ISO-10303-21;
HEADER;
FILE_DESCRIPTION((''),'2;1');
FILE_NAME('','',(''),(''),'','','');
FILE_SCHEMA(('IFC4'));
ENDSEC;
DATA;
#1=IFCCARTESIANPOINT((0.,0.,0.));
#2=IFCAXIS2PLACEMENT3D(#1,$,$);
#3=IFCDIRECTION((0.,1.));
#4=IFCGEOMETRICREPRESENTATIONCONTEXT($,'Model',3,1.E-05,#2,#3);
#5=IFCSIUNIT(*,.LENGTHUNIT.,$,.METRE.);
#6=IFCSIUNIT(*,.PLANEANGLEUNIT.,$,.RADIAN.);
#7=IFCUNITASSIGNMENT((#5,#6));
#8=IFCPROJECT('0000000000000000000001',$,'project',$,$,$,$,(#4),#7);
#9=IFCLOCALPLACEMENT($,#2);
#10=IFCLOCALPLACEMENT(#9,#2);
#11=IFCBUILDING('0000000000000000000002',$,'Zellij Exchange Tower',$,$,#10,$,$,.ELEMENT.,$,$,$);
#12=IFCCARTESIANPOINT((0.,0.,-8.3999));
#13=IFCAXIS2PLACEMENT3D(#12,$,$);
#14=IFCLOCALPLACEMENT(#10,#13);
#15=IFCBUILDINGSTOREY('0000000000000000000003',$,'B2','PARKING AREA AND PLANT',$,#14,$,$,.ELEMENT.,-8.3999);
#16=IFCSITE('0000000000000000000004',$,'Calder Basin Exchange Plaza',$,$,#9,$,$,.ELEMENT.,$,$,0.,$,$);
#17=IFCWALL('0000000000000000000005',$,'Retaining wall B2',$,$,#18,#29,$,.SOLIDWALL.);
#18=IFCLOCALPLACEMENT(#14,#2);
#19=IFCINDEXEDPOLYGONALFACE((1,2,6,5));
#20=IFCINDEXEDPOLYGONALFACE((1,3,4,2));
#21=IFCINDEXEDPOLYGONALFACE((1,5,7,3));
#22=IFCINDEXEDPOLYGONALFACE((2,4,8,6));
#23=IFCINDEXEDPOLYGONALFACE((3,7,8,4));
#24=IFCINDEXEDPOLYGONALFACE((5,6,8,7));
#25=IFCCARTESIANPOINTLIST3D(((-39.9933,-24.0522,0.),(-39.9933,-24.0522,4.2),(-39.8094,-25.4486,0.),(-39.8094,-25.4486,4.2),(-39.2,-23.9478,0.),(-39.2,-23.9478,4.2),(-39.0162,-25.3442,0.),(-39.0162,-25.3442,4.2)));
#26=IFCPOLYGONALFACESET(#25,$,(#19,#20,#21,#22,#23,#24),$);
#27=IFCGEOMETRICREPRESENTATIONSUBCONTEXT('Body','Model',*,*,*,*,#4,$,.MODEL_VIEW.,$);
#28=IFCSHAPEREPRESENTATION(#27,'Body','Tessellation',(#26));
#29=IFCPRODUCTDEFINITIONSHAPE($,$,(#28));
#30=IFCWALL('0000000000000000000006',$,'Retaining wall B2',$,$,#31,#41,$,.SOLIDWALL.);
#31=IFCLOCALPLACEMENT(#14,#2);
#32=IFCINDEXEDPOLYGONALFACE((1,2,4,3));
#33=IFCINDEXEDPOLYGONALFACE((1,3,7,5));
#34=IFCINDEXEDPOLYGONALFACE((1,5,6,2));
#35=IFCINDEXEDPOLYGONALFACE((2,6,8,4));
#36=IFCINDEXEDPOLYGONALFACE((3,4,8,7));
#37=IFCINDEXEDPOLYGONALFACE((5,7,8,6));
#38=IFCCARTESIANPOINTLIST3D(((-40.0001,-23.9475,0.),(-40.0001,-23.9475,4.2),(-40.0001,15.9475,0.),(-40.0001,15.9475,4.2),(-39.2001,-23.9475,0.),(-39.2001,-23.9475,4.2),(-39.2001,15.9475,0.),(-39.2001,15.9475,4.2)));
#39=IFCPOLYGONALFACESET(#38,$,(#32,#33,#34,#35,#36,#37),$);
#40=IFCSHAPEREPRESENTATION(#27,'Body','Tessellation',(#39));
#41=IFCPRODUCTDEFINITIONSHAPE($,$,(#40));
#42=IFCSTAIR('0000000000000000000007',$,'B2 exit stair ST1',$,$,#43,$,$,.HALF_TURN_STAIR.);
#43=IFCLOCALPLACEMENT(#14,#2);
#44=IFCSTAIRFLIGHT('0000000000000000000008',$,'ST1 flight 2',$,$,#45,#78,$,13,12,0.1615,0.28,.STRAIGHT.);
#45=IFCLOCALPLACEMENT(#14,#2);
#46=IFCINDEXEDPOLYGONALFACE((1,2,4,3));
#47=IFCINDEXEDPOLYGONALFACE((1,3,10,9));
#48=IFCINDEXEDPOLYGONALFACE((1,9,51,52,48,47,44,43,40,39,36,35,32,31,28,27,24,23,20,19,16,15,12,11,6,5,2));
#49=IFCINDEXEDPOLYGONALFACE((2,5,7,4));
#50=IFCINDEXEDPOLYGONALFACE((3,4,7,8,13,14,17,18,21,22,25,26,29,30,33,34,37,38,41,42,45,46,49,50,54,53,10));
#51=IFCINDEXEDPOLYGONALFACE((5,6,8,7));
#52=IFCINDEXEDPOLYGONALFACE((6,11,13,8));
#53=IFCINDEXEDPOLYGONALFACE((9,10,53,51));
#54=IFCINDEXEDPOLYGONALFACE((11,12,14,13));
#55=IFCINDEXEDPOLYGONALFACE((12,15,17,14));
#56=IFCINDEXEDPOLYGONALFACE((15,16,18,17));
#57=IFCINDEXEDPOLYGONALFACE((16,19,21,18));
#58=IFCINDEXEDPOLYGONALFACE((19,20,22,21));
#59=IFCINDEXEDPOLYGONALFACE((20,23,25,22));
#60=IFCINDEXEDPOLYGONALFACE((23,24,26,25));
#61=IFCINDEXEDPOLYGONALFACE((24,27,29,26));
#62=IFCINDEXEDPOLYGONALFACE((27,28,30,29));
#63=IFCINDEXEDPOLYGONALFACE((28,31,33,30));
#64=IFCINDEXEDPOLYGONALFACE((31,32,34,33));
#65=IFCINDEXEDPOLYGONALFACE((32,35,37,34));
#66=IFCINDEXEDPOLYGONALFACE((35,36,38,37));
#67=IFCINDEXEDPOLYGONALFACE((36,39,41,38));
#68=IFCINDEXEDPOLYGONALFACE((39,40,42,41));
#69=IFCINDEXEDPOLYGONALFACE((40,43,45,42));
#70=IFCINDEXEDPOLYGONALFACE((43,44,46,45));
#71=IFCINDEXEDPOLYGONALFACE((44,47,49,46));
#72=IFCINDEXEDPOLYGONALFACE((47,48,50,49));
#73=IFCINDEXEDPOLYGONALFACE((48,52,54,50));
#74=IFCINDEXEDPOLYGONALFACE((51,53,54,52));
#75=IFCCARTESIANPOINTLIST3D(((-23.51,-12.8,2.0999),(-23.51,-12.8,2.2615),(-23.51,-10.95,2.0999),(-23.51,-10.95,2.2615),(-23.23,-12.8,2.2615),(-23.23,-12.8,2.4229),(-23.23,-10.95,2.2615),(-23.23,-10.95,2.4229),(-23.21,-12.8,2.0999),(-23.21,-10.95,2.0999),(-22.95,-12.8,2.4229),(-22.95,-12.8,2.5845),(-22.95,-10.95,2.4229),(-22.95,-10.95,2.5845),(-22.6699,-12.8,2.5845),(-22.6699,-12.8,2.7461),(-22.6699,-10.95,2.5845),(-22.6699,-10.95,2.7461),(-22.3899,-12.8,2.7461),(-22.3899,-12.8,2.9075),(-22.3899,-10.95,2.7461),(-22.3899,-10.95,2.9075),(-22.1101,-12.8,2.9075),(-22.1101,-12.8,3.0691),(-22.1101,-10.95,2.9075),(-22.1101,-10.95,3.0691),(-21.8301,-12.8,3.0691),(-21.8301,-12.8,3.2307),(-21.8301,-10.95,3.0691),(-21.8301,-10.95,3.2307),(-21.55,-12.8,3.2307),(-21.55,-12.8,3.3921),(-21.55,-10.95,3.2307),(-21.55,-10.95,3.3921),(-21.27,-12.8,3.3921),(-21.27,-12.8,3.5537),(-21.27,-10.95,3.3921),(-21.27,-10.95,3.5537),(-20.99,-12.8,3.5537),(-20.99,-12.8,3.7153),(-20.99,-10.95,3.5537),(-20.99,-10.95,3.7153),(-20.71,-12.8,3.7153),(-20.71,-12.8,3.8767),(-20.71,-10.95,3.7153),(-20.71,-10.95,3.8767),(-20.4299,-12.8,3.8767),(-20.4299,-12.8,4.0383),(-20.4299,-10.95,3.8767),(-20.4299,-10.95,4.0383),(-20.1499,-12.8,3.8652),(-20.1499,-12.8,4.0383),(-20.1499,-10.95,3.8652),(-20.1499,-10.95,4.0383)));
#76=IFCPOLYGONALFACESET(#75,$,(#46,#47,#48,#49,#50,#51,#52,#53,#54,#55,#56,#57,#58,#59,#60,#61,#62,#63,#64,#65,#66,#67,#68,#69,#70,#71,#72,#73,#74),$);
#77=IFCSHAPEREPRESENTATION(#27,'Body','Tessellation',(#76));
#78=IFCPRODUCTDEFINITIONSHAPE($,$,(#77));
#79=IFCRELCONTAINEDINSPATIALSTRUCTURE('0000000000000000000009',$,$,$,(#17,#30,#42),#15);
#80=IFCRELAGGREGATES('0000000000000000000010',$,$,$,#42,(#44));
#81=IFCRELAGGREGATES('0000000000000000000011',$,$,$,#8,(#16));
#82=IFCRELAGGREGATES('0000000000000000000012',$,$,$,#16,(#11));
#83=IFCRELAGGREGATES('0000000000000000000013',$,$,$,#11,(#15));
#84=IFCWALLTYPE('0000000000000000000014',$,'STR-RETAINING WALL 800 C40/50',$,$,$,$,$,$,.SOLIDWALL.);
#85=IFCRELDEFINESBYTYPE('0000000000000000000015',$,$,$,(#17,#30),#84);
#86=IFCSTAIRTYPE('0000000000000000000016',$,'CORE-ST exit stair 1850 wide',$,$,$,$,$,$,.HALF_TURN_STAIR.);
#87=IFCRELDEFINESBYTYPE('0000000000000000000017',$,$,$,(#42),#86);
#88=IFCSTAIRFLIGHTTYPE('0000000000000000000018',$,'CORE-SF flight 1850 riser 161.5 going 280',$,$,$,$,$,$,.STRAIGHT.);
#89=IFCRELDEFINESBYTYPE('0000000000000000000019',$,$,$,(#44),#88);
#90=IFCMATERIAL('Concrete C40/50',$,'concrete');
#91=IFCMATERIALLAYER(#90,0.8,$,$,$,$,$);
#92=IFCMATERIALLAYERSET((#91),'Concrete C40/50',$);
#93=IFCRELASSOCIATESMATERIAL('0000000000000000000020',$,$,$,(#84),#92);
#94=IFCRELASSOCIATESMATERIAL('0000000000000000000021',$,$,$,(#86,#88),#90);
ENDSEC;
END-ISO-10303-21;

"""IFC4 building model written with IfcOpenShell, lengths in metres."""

from ifc_helpers import new_model, si_unit, direction, frame, frame_2d, origin, place, context, subcontext, project, spatial, polyline, rectangle, outline, extrude, material, layer, layer_set, type_object, element, aggregate, save


model = new_model("IFC4")

# Units and contexts
model_context = context("Model", 3, precision=1e-05, world=origin(), true_north=direction((0.0, 1.0)))
body_context = subcontext(model_context, "Body", "Model", "MODEL_VIEW")
ifc_project = project(units=[si_unit("LENGTHUNIT", "METRE"), si_unit("PLANEANGLEUNIT", "RADIAN")], contexts=[model_context])

# Site, building, storey
site_placement = place(None, origin())
site = spatial("IfcSite", under=ifc_project, at=site_placement, Name="Calder Basin Exchange Plaza", CompositionType="ELEMENT", RefElevation=0.0)
building_placement = place(site_placement, origin())
building = spatial("IfcBuilding", under=site, at=building_placement, Name="Zellij Exchange Tower", CompositionType="ELEMENT")
storey_placement = place(building_placement, frame((0.0, 0.0, -8.3999)))
storey = spatial("IfcBuildingStorey", under=building, at=storey_placement, Name="B2", Description="PARKING AREA AND PLANT", CompositionType="ELEMENT", Elevation=-8.3999)

# Walls
ifc_material_1 = material(Name="Concrete C40/50", Category="concrete")
ifc_layer_1 = layer(ifc_material_1, 0.8)
ifc_layer_set_1 = layer_set([ifc_layer_1], Name="Concrete C40/50")
wall_type_1 = type_object("IfcWallType", Name="STR-RETAINING WALL 800 C40/50", PredefinedType="SOLIDWALL", material=ifc_layer_set_1)
wall_1_placement = place(storey_placement, frame((-39.4128, -25.3962, 0.0), z_axis=(0.0, 0.0, 1.0), x_axis=(-0.130517, 0.991446, 0.0)))
element("IfcWall", 1, at=wall_1_placement, inside=storey, type_object=wall_type_1, Name="Retaining wall B2", PredefinedType="SOLIDWALL", context=body_context, shape_type="SweptSolid", body=[
    extrude(rectangle(XDim=1.4084, YDim=0.8, at=frame_2d((0.7041, 0.0))), origin(), (0.0, 0.0, 1.0), 4.2),
])
wall_2_placement = place(storey_placement, frame((-39.6001, -23.9475, 0.0), z_axis=(0.0, 0.0, 1.0), x_axis=(0.0, 1.0, 0.0)))
element("IfcWall", 2, at=wall_2_placement, inside=storey, type_object=wall_type_1, Name="Retaining wall B2", PredefinedType="SOLIDWALL", context=body_context, shape_type="SweptSolid", body=[
    extrude(rectangle(XDim=39.895, YDim=0.8, at=frame_2d((19.9475, 0.0))), origin(), (0.0, 0.0, 1.0), 4.2),
])

# Stair, stair flight
stair_type = type_object("IfcStairType", Name="CORE-ST exit stair 1850 wide", PredefinedType="HALF_TURN_STAIR", material=ifc_material_1)
stair_placement = place(storey_placement, origin())
stair = element("IfcStair", 3, at=stair_placement, inside=storey, type_object=stair_type, Name="B2 exit stair ST1", PredefinedType="HALF_TURN_STAIR")
stair_flight_type = type_object("IfcStairFlightType", Name="CORE-SF flight 1850 riser 161.5 going 280", PredefinedType="STRAIGHT", material=ifc_material_1)
stair_flight_placement = place(storey_placement, frame((-23.51, -11.875, 2.0999), z_axis=(0.0, 0.0, 1.0), x_axis=(1.0, 0.0, 0.0)))
stair_flight = element("IfcStairFlight", 4, at=stair_flight_placement, type_object=stair_flight_type, Name="ST1 flight 2", NumberOfRisers=13, NumberOfTreads=12, PredefinedType="STRAIGHT", RiserHeight=0.1615, TreadLength=0.28, context=body_context, shape_type="SweptSolid", body=[
    extrude(outline(polyline([(0.0, 0.0), (0.0, 0.1616), (0.28, 0.1616), (0.28, 0.323), (0.5601, 0.323), (0.5601, 0.4846), (0.8401, 0.4846), (0.8401, 0.6462), (1.1201, 0.6462), (1.1201, 0.8076), (1.3999, 0.8076), (1.3999, 0.9692), (1.6799, 0.9692), (1.6799, 1.1309), (1.96, 1.1309), (1.96, 1.2922), (2.24, 1.2922), (2.24, 1.4539), (2.52, 1.4539), (2.52, 1.6155), (2.8, 1.6155), (2.8, 1.7769), (3.0801, 1.7769), (3.0801, 1.9385), (3.3601, 1.9385), (3.3601, 2.1001), (3.3601, 1.7654), (0.3, 0.0), (0.0, 0.0)])), frame((0.0, 0.925, 0.0), z_axis=(0.0, -1.0, 0.0), x_axis=(1.0, 0.0, 0.0)), (0.0, 0.0, 1.0), 1.8501),
])
aggregate(stair, [stair_flight])

save(model, "model.ifc")
